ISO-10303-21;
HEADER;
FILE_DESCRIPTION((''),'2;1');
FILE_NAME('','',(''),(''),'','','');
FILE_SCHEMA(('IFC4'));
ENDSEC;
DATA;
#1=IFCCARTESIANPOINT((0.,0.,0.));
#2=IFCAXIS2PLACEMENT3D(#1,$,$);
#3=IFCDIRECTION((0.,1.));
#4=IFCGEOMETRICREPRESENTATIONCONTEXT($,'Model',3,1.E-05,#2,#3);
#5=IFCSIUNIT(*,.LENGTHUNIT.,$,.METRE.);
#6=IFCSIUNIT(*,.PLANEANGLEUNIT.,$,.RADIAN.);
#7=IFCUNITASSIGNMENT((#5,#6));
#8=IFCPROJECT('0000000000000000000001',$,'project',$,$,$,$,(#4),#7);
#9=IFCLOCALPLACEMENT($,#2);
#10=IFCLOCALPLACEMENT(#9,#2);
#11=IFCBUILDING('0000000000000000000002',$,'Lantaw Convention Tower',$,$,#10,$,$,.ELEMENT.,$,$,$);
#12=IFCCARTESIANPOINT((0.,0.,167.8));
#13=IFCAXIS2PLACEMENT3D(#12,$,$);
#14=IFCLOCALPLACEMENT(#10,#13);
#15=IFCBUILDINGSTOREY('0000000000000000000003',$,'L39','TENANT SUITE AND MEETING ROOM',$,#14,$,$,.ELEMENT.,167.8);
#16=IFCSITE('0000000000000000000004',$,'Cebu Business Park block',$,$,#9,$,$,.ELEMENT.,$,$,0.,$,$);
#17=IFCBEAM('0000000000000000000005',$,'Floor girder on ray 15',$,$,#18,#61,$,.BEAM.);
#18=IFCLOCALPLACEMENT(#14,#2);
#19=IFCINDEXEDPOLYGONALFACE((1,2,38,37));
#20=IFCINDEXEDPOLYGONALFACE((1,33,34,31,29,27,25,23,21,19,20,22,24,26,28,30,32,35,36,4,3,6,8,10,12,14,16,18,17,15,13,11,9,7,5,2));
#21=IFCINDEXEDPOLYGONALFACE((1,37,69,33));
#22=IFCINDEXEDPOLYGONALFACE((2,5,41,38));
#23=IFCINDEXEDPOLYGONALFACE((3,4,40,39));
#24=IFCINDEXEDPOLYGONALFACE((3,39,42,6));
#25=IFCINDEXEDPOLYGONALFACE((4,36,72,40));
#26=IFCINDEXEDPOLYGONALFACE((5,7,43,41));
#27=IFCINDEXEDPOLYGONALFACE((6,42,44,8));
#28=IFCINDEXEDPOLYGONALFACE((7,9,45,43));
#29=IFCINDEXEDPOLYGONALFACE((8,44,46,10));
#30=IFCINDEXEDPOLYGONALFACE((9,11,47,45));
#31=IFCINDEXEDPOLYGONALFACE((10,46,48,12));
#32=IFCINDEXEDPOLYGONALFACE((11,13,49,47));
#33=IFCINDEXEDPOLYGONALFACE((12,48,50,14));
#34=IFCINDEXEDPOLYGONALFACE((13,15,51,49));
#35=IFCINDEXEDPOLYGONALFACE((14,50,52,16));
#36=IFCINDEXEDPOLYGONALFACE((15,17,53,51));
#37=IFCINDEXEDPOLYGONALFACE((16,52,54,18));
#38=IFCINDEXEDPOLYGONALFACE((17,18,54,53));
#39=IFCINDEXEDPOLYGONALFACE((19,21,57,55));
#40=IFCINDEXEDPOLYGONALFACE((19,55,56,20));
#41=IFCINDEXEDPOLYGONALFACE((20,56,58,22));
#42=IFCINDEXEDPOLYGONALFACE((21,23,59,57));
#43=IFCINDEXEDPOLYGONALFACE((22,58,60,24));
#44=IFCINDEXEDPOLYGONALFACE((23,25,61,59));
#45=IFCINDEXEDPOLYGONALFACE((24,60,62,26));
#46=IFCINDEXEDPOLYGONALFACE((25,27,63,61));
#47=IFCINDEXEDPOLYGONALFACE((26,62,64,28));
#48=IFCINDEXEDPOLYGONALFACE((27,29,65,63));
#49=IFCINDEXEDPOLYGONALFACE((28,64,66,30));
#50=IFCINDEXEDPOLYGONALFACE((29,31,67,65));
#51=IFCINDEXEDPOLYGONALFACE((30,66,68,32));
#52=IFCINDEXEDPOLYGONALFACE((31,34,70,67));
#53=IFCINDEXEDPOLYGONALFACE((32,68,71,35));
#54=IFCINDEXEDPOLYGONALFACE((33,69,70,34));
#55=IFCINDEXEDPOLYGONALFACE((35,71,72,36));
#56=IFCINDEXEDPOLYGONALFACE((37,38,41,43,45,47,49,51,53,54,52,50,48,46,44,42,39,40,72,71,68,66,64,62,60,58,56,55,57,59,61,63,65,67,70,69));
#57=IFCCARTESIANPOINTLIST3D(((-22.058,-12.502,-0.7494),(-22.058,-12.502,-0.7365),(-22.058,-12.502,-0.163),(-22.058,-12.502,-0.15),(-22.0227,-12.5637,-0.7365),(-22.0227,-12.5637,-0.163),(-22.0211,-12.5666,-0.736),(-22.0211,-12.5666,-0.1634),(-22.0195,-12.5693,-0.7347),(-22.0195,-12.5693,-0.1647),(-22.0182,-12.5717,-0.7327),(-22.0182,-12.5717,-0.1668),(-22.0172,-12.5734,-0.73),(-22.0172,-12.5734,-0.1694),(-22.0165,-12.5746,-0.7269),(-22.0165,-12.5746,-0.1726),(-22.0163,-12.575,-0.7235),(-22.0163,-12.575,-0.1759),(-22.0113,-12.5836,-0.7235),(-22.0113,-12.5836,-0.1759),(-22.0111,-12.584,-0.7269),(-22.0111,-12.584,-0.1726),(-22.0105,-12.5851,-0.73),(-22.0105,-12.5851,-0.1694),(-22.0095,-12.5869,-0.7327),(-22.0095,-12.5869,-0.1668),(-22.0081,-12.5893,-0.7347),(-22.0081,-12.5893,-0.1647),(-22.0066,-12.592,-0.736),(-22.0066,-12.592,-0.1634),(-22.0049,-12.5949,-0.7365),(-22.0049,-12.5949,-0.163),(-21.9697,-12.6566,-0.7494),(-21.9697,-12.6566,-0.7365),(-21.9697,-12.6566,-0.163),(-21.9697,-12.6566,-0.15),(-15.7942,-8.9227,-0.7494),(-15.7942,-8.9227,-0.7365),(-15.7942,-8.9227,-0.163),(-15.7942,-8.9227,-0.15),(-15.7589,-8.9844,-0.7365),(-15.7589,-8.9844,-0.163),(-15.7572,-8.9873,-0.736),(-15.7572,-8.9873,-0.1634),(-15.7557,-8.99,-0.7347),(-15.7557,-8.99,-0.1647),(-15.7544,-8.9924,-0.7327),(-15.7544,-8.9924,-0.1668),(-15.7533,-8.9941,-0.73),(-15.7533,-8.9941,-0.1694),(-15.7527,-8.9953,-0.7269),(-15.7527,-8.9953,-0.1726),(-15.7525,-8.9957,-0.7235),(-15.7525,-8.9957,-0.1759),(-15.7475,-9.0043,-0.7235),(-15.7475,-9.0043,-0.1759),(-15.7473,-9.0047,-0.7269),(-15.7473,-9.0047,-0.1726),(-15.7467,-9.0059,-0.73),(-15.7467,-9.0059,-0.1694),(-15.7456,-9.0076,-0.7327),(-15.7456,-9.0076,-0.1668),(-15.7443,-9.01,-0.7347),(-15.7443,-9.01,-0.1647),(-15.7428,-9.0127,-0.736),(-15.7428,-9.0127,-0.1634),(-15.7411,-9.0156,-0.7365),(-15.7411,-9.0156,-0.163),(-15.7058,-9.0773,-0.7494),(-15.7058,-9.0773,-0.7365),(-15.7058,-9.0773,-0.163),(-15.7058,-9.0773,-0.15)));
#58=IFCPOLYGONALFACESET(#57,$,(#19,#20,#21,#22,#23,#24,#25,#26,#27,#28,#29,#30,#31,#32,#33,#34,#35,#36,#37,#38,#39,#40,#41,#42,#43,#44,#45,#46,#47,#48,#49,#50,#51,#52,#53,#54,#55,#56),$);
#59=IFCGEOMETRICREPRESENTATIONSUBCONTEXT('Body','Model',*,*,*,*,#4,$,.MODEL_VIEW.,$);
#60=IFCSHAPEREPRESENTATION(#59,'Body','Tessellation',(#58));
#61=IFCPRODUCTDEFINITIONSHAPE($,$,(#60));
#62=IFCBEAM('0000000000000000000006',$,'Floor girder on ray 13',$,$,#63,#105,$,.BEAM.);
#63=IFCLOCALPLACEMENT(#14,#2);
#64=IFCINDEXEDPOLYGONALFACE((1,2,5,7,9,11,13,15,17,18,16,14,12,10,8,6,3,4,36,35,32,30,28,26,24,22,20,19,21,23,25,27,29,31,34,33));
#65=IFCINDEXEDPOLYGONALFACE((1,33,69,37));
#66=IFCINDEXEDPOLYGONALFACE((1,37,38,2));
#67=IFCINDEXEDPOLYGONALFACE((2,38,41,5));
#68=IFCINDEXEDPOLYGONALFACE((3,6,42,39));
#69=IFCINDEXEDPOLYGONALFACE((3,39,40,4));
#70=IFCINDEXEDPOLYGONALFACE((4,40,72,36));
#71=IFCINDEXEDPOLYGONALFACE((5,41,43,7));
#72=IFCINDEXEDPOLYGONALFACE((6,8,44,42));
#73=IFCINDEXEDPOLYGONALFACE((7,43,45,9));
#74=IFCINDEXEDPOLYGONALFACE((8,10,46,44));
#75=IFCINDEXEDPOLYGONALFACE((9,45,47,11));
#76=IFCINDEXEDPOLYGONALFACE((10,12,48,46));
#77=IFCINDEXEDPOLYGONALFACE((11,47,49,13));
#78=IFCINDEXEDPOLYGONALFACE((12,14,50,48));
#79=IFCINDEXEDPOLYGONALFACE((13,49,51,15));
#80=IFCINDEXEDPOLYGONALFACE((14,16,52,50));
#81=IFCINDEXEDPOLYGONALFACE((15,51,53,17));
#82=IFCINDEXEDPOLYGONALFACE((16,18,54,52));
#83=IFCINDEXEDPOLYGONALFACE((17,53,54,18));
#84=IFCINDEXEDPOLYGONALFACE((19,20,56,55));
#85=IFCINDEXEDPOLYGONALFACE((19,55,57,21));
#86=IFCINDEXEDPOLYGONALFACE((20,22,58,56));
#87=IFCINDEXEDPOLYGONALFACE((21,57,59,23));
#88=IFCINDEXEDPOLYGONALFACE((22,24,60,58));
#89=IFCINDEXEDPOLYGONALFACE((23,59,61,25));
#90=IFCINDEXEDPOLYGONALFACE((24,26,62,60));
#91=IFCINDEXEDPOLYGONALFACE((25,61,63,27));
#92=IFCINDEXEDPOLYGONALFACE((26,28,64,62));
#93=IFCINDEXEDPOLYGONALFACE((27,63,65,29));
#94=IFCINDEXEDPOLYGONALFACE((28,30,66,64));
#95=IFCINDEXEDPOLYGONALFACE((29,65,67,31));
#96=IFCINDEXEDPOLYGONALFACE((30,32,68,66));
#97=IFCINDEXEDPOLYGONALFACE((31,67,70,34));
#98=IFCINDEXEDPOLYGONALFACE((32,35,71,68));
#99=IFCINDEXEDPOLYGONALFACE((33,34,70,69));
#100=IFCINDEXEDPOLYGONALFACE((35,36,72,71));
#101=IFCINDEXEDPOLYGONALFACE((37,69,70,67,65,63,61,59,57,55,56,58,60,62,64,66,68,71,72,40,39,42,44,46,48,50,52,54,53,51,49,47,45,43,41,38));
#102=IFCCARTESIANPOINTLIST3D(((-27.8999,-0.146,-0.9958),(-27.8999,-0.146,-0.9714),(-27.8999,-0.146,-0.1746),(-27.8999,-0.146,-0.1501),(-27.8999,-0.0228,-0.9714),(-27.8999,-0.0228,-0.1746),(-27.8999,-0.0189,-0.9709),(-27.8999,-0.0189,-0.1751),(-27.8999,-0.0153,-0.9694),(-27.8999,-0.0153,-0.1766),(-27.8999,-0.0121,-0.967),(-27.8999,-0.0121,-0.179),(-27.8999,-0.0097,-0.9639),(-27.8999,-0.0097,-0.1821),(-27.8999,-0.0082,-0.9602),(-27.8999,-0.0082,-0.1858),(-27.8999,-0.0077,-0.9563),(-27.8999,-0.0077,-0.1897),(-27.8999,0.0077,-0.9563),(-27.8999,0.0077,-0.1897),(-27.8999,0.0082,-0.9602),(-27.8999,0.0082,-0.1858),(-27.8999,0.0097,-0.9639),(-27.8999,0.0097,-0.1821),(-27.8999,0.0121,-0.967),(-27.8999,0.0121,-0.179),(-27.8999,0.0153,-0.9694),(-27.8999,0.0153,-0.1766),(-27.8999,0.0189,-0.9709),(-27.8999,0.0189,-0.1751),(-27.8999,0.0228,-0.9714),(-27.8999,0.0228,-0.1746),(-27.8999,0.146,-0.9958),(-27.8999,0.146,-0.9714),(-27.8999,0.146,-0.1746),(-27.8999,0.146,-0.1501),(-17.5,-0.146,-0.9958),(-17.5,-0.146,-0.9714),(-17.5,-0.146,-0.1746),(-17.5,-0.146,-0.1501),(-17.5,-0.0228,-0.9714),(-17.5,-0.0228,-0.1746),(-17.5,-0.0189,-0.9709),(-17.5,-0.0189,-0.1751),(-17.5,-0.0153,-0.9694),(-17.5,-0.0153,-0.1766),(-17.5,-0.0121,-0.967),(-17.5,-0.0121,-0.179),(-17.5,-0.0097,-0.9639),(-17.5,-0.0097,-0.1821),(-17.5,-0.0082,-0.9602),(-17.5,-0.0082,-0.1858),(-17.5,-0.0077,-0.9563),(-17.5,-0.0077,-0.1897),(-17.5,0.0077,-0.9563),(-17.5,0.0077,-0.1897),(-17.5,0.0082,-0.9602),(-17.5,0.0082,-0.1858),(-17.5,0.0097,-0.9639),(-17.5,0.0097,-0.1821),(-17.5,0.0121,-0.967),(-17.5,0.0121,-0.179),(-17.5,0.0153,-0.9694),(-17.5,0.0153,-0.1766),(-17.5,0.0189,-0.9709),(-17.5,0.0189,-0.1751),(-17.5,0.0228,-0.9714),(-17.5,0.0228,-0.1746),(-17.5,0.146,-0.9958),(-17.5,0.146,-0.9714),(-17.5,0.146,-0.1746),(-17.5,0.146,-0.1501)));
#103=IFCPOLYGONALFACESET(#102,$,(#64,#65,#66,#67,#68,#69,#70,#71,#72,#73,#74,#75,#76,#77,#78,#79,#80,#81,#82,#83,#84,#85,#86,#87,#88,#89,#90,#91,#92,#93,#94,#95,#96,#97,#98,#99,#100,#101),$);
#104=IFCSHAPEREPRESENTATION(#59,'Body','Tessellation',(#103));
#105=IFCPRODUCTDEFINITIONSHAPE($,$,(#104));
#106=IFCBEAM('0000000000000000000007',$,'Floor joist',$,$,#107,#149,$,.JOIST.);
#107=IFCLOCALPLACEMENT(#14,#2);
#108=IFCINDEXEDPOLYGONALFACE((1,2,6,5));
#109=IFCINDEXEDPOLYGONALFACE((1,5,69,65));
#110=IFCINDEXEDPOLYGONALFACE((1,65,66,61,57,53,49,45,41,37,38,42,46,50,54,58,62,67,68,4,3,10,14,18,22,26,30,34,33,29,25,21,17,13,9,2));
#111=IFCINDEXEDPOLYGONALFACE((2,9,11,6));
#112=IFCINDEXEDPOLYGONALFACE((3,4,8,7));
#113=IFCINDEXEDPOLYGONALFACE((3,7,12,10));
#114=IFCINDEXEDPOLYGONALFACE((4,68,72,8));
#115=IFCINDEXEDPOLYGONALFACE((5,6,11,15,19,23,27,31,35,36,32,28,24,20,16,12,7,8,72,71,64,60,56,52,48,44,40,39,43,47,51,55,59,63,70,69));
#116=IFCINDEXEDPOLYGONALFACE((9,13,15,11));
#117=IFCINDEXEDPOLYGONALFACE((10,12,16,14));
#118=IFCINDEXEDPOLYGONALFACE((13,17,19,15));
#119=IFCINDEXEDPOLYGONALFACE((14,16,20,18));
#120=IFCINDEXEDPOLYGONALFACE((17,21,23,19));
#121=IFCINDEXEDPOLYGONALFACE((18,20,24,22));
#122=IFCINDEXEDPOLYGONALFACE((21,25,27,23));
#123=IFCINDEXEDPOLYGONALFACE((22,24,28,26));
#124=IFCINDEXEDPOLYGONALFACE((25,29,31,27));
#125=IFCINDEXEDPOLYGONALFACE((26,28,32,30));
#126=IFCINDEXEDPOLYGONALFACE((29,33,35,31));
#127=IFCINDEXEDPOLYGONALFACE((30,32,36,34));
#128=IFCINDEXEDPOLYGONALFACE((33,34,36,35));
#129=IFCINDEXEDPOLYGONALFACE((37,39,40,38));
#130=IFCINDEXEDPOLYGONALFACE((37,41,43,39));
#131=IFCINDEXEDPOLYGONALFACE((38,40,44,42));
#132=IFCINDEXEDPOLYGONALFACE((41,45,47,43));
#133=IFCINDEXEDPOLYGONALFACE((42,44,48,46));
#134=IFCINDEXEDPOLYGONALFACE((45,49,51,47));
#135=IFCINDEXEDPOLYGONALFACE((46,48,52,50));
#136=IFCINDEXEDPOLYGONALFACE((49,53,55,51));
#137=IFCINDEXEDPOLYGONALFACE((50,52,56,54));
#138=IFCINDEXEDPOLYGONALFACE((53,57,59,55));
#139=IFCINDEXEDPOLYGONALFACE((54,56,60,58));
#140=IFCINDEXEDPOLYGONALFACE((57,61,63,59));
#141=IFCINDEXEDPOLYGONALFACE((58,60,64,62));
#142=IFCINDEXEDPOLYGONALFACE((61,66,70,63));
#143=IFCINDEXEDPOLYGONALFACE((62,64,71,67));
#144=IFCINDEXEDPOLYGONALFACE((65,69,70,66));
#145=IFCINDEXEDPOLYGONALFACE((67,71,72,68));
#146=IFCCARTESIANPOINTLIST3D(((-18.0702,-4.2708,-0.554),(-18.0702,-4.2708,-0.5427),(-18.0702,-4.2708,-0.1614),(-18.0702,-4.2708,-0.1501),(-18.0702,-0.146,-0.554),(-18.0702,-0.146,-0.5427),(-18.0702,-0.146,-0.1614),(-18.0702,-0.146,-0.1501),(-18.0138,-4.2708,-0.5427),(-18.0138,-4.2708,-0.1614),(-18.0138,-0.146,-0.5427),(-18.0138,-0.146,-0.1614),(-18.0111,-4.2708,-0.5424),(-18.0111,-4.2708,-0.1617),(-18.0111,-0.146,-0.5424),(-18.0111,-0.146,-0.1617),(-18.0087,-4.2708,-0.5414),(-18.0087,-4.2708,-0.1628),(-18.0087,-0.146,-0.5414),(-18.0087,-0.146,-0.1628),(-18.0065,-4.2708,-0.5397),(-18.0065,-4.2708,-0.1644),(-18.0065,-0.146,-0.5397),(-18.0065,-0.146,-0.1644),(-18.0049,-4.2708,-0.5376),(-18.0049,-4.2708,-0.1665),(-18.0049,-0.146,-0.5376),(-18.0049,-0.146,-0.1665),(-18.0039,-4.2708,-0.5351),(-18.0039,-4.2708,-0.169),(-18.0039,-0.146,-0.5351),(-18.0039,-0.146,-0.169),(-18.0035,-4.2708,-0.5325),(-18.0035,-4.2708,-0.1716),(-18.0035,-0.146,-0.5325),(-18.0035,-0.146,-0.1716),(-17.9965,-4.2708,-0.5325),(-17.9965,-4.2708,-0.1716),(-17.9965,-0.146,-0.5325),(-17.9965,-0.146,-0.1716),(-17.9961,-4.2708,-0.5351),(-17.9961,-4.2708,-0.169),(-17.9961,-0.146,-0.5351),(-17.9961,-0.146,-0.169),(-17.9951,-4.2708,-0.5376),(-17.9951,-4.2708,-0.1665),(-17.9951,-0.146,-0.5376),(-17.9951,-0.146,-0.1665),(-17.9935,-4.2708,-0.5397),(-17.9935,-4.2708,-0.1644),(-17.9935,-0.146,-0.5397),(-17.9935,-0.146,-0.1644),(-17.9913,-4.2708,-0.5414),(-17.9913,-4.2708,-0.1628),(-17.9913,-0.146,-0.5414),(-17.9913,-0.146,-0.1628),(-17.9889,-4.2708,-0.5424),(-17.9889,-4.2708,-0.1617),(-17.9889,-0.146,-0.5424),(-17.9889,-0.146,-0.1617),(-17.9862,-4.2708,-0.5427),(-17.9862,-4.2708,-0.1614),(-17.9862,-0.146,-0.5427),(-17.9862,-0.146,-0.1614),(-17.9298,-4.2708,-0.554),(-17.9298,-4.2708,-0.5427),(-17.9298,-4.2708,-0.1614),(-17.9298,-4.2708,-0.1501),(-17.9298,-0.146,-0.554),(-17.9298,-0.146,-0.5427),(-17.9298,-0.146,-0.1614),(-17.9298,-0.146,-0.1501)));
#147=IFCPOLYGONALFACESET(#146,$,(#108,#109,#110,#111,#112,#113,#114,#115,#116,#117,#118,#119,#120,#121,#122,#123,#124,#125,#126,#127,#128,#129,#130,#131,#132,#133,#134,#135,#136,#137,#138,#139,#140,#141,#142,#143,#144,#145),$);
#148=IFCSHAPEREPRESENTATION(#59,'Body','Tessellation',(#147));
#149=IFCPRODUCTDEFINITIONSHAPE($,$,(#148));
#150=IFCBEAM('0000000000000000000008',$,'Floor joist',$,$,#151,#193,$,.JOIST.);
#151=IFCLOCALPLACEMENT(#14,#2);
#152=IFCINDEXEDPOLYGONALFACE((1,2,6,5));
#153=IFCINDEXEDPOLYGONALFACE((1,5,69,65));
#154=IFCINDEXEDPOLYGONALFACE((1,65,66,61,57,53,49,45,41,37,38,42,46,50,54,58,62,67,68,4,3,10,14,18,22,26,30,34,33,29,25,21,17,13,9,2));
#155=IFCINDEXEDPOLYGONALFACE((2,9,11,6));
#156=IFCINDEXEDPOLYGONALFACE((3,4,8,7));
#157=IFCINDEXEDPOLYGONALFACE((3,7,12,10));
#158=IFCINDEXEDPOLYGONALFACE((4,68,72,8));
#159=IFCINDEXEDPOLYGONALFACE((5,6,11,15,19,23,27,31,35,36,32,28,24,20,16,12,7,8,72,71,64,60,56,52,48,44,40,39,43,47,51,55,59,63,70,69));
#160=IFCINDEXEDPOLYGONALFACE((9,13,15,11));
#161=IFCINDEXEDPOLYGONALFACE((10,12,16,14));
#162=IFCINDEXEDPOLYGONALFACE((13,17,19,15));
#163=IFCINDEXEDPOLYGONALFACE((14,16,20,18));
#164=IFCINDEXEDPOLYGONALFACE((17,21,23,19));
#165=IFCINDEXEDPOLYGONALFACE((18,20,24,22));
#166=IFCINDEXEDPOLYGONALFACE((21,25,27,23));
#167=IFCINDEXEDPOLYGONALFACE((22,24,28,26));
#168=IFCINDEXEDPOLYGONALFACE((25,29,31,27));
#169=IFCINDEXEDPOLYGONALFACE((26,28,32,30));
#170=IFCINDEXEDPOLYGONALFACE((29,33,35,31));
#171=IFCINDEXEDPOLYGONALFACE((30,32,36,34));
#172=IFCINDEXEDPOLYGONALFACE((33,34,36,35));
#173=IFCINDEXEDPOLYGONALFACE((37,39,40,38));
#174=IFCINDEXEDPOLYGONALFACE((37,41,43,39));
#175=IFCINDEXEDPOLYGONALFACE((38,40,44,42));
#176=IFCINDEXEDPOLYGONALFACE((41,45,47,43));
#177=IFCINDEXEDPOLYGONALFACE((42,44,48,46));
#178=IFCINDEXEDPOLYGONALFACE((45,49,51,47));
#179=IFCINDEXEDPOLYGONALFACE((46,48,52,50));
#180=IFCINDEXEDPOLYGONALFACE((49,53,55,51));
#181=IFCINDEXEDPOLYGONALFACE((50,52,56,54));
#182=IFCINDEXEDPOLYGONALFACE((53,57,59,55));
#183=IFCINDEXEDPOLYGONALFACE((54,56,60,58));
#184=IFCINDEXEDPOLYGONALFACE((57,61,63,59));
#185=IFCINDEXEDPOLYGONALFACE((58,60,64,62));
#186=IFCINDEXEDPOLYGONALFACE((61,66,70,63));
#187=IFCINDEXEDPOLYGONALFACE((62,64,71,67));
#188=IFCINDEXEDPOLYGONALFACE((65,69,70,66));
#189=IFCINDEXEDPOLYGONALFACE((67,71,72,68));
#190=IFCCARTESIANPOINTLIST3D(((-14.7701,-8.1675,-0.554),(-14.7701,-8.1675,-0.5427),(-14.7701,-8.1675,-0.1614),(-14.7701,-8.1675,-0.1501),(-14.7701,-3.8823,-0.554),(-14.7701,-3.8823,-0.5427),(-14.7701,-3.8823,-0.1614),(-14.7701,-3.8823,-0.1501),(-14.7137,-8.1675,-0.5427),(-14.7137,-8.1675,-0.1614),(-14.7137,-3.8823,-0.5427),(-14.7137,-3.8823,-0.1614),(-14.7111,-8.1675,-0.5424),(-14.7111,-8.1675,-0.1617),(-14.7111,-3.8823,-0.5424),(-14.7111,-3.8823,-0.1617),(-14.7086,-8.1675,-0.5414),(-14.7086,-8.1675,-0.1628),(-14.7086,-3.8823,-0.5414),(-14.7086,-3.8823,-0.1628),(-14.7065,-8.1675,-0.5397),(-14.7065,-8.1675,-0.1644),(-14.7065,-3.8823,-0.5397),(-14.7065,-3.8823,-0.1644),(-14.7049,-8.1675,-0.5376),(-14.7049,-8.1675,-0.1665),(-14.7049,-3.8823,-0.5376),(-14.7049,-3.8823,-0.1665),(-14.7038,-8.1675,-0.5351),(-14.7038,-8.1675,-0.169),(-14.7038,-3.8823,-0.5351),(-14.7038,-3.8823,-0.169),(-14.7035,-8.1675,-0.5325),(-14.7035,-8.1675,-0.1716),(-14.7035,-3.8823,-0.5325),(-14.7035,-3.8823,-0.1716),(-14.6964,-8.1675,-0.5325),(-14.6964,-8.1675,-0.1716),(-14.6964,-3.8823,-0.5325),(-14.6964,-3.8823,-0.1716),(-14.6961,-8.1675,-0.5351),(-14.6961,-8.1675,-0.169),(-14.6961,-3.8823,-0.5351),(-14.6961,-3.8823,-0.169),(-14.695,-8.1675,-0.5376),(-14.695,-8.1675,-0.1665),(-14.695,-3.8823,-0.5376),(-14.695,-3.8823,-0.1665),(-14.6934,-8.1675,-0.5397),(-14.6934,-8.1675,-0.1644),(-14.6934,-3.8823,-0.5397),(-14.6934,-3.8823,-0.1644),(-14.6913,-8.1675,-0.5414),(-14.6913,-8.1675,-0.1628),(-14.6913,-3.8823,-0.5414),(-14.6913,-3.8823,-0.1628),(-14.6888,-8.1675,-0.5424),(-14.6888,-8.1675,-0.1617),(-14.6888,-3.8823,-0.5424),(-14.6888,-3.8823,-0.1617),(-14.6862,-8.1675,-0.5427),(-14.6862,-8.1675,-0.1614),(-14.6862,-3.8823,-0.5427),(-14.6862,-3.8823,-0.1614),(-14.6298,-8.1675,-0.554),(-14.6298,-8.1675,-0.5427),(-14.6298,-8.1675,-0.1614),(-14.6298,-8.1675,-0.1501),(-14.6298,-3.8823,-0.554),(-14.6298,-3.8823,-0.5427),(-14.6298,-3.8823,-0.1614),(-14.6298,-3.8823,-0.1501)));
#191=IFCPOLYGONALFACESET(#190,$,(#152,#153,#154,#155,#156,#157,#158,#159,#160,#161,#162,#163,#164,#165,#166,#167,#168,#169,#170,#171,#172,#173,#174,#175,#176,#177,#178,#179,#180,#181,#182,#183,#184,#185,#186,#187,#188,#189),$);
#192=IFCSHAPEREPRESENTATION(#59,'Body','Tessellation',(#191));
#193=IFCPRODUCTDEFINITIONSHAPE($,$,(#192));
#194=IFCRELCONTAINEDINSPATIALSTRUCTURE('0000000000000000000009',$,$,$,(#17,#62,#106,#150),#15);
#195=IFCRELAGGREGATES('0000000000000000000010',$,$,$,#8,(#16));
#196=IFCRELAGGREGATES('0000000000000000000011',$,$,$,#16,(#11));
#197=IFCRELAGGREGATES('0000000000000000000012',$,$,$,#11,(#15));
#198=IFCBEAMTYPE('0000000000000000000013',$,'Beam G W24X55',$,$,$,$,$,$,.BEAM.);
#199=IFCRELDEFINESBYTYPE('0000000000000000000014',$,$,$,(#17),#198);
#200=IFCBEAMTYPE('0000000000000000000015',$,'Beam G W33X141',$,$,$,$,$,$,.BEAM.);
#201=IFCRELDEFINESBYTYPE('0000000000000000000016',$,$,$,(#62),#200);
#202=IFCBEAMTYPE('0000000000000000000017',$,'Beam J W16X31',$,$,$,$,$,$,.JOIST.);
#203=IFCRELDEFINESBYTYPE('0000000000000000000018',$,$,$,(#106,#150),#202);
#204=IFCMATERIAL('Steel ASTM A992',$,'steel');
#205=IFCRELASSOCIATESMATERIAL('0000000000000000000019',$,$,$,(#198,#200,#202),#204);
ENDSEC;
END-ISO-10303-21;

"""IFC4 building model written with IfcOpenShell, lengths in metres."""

from ifc_helpers import new_model, si_unit, direction, frame, origin, origin_2d, place, context, subcontext, project, spatial, i_section, extrude, material, material_profile, profile_set, type_object, element, save


model = new_model("IFC4")

# Units and contexts
model_context = context("Model", 3, precision=1e-05, world=origin(), true_north=direction((0.0, 1.0)))
body_context = subcontext(model_context, "Body", "Model", "MODEL_VIEW")
ifc_project = project(units=[si_unit("LENGTHUNIT", "METRE"), si_unit("PLANEANGLEUNIT", "RADIAN")], contexts=[model_context])

# Site, building, storey
site_placement = place(None, origin())
site = spatial("IfcSite", under=ifc_project, at=site_placement, Name="Cebu Business Park block", CompositionType="ELEMENT", RefElevation=0.0)
building_placement = place(site_placement, origin())
building = spatial("IfcBuilding", under=site, at=building_placement, Name="Lantaw Convention Tower", CompositionType="ELEMENT")
storey_placement = place(building_placement, frame((0.0, 0.0, 167.8)))
storey = spatial("IfcBuildingStorey", under=building, at=storey_placement, Name="L39", Description="TENANT SUITE AND MEETING ROOM", CompositionType="ELEMENT", Elevation=167.8)

# Beams
ifc_material_1 = material(Name="Steel ASTM A992", Category="steel")
ifc_material_profile_1 = material_profile(ifc_material_1, i_section(OverallWidth=0.178, OverallDepth=0.5994, WebThickness=0.01, FlangeThickness=0.0129, FilletRadius=0.0129, at=origin_2d()), Name="W24X55")
ifc_profile_set_1 = profile_set([ifc_material_profile_1], Name="Steel ASTM A992")
beam_type_1 = type_object("IfcBeamType", Name="Beam G W24X55", PredefinedType="BEAM", material=ifc_profile_set_1)
beam_1_placement = place(storey_placement, frame((-15.75, -9.0, -0.4497), z_axis=(-0.868245, -0.496135, 0.0), x_axis=(0.496135, -0.868245, 0.0)))
element("IfcBeam", 1, at=beam_1_placement, inside=storey, type_object=beam_type_1, Name="Floor girder on ray 15", PredefinedType="BEAM", context=body_context, shape_type="SweptSolid", body=[
    extrude(i_section(OverallWidth=0.178, OverallDepth=0.5994, WebThickness=0.01, FlangeThickness=0.0129, FilletRadius=0.0129, at=origin_2d()), origin(), (0.0, 0.0, 1.0), 7.2144),
])
ifc_material_profile_2 = material_profile(ifc_material_1, i_section(OverallWidth=0.292, OverallDepth=0.8457, WebThickness=0.0154, FlangeThickness=0.0244, FilletRadius=0.0151, at=origin_2d()), Name="W33X141")
ifc_profile_set_2 = profile_set([ifc_material_profile_2], Name="Steel ASTM A992")
beam_type_2 = type_object("IfcBeamType", Name="Beam G W33X141", PredefinedType="BEAM", material=ifc_profile_set_2)
beam_2_placement = place(storey_placement, frame((-17.5, 0.0, -0.573), z_axis=(-1.0, 0.0, 0.0), x_axis=(0.0, -1.0, 0.0)))
element("IfcBeam", 2, at=beam_2_placement, inside=storey, type_object=beam_type_2, Name="Floor girder on ray 13", PredefinedType="BEAM", context=body_context, shape_type="SweptSolid", body=[
    extrude(i_section(OverallWidth=0.292, OverallDepth=0.8457, WebThickness=0.0154, FlangeThickness=0.0244, FilletRadius=0.0151, at=origin_2d()), origin(), (0.0, 0.0, 1.0), 10.3999),
])
ifc_material_profile_3 = material_profile(ifc_material_1, i_section(OverallWidth=0.1404, OverallDepth=0.4038, WebThickness=0.0071, FlangeThickness=0.0112, FilletRadius=0.0103, at=origin_2d()), Name="W16X31")
ifc_profile_set_3 = profile_set([ifc_material_profile_3], Name="Steel ASTM A992")
beam_type_3 = type_object("IfcBeamType", Name="Beam J W16X31", PredefinedType="JOIST", material=ifc_profile_set_3)
beam_3_placement = place(storey_placement, frame((-18.0, -4.2708, -0.3521), z_axis=(0.0, 1.0, 0.0), x_axis=(-1.0, 0.0, 0.0)))
element("IfcBeam", 3, at=beam_3_placement, inside=storey, type_object=beam_type_3, Name="Floor joist", PredefinedType="JOIST", context=body_context, shape_type="SweptSolid", body=[
    extrude(i_section(OverallWidth=0.1404, OverallDepth=0.4038, WebThickness=0.0071, FlangeThickness=0.0112, FilletRadius=0.0103, at=origin_2d()), origin(), (0.0, 0.0, 1.0), 4.1248),
])
beam_4_placement = place(storey_placement, frame((-14.7, -8.1675, -0.3521), z_axis=(0.0, 1.0, 0.0), x_axis=(-1.0, 0.0, 0.0)))
element("IfcBeam", 4, at=beam_4_placement, inside=storey, type_object=beam_type_3, Name="Floor joist", PredefinedType="JOIST", context=body_context, shape_type="SweptSolid", body=[
    extrude(i_section(OverallWidth=0.1404, OverallDepth=0.4038, WebThickness=0.0071, FlangeThickness=0.0112, FilletRadius=0.0103, at=origin_2d()), origin(), (0.0, 0.0, 1.0), 4.2852),
])

save(model, "model.ifc")
